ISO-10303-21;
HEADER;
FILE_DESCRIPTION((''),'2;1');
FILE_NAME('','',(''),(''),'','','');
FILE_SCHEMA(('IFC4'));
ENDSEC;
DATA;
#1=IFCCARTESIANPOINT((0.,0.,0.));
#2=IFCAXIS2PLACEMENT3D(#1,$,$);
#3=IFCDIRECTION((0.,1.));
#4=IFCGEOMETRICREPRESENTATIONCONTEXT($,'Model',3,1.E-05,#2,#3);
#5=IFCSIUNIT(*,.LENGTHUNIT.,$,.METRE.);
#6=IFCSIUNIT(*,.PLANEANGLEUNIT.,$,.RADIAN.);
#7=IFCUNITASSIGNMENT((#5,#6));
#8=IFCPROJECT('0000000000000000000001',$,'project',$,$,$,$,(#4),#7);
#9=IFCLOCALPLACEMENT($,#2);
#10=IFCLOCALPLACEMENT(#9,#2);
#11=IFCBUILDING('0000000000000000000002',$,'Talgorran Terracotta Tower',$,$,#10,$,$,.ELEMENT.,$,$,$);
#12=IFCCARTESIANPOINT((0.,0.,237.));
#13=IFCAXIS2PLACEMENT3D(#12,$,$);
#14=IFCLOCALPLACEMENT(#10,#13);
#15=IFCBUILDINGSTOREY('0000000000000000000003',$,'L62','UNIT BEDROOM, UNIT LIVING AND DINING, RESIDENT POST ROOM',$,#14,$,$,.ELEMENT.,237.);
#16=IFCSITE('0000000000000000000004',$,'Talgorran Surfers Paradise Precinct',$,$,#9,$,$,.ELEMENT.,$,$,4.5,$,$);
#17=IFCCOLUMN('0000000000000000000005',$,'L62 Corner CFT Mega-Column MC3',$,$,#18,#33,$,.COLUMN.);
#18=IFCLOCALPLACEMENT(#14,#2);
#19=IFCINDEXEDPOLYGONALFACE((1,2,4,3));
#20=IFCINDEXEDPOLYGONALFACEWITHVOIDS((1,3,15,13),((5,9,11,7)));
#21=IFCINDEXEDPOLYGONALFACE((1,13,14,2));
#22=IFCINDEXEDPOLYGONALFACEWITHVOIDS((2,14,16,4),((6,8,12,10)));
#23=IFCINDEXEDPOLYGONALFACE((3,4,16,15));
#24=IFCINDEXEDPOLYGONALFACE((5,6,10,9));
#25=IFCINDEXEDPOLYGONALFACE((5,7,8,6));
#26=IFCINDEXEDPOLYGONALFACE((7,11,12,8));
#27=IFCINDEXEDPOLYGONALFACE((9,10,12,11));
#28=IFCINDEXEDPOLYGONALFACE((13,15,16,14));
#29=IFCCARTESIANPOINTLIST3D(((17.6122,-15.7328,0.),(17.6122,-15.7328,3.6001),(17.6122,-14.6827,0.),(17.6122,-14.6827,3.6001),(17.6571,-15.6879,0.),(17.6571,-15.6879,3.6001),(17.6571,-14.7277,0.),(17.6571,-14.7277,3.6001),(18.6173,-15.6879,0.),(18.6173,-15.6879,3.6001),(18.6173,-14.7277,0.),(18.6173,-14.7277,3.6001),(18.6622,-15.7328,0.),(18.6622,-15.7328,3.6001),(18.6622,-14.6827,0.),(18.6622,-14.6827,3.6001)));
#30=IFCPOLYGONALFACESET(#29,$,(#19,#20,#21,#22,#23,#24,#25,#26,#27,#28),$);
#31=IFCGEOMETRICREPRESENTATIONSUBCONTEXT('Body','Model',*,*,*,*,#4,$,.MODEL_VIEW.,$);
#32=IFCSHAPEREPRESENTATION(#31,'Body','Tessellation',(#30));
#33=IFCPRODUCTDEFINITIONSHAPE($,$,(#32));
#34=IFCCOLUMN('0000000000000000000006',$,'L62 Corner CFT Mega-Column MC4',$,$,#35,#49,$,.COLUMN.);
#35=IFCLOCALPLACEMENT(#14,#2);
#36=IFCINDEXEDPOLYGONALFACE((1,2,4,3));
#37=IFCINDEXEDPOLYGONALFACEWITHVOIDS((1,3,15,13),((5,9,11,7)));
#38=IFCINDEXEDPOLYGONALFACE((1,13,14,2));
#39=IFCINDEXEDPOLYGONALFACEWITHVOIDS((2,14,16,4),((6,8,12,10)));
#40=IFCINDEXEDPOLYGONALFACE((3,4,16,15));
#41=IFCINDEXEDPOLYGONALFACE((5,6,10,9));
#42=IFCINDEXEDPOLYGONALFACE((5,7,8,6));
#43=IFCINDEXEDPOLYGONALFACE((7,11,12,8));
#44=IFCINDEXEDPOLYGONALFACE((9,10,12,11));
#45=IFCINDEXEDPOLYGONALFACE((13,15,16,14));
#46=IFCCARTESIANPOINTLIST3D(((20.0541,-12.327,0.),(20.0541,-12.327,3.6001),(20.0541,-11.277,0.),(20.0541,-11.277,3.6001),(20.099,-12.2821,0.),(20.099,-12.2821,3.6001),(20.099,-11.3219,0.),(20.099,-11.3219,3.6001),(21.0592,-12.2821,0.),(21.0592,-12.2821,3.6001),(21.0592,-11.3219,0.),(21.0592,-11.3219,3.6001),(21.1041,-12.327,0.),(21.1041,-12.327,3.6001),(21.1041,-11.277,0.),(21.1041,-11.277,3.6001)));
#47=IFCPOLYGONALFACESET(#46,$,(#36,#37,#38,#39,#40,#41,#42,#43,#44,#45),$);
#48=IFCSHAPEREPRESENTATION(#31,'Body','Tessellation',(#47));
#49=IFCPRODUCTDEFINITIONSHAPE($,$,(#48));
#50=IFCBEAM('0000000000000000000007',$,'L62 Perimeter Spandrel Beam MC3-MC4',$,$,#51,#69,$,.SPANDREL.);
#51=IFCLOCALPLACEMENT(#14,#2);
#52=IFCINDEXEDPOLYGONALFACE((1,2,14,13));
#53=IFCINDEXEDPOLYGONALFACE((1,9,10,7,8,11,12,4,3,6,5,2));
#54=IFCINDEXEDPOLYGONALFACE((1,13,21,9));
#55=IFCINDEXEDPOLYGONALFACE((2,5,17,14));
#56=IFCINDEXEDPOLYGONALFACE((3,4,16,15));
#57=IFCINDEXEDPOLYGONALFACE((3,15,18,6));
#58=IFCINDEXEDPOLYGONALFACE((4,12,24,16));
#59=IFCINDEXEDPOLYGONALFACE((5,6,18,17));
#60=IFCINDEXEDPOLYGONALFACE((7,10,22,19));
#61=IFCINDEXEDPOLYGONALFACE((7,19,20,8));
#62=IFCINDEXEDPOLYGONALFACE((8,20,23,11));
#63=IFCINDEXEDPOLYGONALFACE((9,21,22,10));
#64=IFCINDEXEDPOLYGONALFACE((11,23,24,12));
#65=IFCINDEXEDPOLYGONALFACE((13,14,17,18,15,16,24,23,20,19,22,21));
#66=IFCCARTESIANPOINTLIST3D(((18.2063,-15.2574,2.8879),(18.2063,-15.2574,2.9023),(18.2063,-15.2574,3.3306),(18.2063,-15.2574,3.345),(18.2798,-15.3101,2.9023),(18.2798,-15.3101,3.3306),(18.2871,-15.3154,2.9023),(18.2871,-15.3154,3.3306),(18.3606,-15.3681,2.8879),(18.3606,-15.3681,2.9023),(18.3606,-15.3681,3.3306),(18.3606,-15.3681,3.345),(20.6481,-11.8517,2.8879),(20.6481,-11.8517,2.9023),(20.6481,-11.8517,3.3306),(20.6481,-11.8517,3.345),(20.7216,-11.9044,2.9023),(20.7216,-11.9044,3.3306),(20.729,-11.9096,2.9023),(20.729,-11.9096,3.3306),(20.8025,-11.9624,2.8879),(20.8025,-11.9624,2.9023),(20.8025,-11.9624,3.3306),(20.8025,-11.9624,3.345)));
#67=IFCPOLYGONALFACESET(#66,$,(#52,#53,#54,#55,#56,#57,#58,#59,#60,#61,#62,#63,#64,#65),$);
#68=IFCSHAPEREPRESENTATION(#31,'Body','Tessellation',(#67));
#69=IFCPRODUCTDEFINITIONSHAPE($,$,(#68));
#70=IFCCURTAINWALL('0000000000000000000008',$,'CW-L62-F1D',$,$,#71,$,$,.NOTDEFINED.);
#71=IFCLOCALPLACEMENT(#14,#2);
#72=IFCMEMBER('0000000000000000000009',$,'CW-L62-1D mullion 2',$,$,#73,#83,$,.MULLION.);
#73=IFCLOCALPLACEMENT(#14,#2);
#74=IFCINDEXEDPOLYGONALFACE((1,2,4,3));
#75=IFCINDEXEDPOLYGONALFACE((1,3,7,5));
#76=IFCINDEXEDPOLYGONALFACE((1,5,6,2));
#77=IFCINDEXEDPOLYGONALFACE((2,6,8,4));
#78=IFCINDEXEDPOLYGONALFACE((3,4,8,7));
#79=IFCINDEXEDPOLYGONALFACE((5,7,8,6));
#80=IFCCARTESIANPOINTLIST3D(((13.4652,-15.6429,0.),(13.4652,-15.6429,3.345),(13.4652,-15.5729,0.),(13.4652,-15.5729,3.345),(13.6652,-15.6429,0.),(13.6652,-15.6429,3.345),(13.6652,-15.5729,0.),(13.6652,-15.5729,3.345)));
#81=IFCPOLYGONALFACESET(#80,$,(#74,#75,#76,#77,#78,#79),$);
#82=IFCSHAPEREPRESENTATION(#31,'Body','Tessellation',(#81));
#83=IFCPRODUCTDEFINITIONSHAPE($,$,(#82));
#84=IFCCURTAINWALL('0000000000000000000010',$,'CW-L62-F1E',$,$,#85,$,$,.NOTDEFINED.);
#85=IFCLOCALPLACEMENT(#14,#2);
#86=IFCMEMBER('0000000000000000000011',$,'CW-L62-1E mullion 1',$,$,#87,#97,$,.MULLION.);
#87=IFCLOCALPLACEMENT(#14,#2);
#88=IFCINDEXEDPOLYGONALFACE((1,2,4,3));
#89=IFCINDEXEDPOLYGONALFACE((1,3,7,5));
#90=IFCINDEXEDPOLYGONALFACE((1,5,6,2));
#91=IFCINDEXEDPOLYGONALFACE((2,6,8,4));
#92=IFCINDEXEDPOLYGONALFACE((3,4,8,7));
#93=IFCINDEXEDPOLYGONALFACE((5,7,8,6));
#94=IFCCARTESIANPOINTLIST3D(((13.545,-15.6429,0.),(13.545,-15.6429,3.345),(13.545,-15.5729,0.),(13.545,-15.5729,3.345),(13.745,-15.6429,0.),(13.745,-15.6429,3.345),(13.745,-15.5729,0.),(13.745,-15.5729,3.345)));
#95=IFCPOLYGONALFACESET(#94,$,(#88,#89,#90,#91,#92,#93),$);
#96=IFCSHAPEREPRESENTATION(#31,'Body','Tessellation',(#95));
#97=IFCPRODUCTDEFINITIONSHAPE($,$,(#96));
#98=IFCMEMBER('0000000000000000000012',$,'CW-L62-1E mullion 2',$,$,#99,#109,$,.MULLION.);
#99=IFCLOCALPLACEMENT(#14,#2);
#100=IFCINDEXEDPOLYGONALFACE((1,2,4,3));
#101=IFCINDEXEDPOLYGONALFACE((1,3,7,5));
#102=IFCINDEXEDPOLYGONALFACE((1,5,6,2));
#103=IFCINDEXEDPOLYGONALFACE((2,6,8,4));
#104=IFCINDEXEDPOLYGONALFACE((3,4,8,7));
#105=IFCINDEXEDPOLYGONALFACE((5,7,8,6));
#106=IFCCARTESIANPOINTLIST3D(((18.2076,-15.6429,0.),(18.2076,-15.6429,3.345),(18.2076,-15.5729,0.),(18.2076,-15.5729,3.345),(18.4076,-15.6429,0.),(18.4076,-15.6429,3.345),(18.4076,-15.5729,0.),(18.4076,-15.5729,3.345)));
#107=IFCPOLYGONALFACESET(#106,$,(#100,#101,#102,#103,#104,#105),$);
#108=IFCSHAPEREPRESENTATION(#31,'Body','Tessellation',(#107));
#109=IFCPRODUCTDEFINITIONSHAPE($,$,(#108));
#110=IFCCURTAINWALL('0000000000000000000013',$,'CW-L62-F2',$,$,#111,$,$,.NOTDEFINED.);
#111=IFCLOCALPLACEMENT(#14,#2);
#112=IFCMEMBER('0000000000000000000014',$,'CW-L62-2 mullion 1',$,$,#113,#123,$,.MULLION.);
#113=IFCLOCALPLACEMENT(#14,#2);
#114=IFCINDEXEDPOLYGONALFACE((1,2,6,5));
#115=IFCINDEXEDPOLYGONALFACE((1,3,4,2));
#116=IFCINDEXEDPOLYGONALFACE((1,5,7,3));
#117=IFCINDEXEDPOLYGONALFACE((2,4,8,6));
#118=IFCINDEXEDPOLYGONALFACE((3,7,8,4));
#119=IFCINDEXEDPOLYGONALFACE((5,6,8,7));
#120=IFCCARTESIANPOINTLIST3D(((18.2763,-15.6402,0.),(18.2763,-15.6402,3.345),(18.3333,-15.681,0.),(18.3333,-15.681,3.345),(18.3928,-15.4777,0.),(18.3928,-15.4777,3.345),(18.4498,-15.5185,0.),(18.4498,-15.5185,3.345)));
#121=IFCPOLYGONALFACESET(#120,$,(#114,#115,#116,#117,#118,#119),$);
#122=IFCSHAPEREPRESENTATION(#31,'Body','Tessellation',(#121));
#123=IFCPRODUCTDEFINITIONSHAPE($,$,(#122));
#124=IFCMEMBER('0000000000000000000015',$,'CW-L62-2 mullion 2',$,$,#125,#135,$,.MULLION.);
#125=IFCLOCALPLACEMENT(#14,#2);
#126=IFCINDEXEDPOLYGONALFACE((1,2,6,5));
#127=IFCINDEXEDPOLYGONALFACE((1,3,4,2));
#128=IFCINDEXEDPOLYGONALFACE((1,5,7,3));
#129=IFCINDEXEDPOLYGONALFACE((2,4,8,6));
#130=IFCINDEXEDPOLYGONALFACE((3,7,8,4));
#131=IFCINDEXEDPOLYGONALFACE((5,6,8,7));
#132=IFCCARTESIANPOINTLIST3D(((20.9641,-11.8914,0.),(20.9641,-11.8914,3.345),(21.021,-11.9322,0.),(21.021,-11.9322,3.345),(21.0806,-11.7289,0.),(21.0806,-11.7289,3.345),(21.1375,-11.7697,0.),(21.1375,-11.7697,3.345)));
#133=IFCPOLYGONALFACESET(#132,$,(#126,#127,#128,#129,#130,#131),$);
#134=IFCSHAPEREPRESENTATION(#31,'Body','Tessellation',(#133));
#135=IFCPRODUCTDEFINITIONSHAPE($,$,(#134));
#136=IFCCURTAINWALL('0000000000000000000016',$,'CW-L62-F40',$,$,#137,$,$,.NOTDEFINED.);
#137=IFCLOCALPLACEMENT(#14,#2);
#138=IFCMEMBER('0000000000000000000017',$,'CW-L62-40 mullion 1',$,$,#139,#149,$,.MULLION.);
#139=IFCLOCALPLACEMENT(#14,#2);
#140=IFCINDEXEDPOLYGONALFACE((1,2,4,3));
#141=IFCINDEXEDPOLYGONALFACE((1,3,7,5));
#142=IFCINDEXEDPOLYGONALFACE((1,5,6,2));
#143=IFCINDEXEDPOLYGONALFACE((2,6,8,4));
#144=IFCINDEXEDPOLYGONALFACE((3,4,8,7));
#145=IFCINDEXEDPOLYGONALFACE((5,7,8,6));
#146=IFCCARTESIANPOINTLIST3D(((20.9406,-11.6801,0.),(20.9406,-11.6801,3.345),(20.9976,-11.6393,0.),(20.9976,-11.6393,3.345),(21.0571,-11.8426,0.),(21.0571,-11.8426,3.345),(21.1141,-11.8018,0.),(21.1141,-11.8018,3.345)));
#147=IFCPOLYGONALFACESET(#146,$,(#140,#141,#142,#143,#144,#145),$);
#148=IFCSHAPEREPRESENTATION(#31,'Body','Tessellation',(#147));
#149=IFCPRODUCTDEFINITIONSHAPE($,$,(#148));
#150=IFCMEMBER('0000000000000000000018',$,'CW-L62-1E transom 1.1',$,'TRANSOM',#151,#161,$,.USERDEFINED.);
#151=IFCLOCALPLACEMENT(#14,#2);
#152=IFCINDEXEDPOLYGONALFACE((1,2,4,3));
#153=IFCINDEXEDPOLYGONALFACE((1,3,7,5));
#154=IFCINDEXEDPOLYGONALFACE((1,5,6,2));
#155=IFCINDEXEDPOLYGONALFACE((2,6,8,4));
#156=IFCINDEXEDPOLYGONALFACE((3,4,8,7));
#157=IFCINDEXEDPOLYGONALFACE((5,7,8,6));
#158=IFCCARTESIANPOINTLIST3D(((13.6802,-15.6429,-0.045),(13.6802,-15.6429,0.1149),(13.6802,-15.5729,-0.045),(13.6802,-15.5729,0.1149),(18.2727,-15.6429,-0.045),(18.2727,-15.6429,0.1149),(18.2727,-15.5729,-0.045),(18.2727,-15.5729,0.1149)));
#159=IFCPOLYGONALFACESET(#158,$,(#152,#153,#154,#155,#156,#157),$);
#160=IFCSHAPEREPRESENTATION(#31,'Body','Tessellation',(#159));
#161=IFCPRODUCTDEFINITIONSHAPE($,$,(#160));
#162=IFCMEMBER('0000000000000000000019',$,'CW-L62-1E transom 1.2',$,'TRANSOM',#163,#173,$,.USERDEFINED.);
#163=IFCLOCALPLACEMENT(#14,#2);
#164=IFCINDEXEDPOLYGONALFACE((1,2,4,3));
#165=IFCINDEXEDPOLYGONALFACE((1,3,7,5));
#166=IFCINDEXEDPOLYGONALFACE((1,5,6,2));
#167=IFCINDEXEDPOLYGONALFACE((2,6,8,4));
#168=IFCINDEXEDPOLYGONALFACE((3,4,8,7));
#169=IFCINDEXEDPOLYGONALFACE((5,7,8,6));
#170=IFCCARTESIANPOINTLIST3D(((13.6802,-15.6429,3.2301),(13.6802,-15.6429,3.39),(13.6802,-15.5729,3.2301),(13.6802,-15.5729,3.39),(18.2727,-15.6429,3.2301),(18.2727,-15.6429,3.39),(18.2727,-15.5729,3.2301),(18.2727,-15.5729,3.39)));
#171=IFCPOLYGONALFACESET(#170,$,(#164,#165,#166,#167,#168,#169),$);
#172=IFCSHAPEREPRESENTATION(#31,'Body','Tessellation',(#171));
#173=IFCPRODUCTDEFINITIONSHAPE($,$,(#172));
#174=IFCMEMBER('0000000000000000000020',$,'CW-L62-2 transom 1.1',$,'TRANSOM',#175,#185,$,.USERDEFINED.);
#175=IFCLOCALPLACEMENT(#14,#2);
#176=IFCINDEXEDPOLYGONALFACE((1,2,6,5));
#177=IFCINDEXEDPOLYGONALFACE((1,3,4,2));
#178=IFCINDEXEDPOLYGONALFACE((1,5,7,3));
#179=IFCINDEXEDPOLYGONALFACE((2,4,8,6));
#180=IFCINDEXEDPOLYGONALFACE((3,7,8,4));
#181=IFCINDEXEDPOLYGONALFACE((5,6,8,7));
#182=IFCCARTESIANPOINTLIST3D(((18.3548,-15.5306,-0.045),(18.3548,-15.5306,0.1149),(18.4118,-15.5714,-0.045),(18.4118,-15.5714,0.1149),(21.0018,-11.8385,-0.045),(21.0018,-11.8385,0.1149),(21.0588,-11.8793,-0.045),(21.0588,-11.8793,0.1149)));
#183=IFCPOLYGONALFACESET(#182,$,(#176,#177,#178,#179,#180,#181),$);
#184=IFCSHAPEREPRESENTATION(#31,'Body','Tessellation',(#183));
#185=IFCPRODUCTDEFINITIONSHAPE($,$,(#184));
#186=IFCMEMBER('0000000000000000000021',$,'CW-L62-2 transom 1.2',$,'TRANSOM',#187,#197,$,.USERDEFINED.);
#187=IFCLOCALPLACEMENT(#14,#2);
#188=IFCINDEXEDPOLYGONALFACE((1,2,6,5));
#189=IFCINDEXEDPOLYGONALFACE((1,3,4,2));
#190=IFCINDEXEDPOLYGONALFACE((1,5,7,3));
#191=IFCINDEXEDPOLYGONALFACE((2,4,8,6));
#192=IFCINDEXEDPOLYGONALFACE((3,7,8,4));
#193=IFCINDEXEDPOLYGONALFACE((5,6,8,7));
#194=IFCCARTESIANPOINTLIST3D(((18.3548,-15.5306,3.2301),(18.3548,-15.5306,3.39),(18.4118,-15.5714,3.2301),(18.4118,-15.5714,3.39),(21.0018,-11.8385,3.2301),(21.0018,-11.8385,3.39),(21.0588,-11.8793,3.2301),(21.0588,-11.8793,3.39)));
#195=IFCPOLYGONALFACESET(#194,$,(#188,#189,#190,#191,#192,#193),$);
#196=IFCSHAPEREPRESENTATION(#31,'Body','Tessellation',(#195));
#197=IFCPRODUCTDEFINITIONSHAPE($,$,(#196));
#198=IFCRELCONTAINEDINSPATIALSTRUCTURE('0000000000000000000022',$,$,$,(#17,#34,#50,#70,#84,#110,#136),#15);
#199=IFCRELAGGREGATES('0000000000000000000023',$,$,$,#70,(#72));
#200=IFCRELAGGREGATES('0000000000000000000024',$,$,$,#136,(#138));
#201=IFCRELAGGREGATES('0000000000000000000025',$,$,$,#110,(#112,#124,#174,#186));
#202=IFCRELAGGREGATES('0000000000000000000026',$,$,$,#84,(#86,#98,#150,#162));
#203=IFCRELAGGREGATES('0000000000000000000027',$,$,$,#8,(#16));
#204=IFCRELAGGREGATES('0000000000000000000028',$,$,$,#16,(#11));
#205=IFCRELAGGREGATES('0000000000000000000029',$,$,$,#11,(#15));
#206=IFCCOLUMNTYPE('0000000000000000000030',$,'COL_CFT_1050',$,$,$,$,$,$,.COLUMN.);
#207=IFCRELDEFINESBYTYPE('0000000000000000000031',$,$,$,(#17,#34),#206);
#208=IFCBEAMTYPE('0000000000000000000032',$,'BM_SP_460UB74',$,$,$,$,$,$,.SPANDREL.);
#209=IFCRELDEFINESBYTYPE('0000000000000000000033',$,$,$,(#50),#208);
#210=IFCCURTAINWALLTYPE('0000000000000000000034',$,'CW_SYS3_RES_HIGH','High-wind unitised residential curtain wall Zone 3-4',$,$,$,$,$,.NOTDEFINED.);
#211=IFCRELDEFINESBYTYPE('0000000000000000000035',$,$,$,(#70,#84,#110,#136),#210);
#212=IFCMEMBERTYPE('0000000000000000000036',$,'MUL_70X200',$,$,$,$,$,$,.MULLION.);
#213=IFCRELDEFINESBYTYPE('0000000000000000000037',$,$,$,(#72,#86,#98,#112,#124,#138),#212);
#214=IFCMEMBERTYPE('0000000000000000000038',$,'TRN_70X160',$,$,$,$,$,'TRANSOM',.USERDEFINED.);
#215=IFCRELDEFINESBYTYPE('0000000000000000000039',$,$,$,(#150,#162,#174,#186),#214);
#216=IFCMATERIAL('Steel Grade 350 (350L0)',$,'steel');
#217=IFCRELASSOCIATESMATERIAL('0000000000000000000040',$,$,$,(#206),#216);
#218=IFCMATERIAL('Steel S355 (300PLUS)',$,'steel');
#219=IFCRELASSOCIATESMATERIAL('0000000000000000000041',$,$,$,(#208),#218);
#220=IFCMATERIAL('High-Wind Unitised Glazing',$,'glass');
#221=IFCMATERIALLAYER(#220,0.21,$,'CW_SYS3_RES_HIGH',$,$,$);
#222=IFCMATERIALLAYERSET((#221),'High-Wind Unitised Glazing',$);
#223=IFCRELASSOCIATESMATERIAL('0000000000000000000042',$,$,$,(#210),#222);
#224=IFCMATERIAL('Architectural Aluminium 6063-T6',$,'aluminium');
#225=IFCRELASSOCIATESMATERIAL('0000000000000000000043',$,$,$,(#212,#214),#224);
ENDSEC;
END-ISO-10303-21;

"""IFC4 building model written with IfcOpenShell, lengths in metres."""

from ifc_helpers import new_model, si_unit, direction, frame, origin, origin_2d, place, context, subcontext, project, spatial, rectangle, hollow_rectangle, i_section, extrude, material, layer, layer_set, material_profile, profile_set, type_object, element, aggregate, save


model = new_model("IFC4")

# Units and contexts
model_context = context("Model", 3, precision=1e-05, world=origin(), true_north=direction((0.0, 1.0)))
body_context = subcontext(model_context, "Body", "Model", "MODEL_VIEW")
ifc_project = project(units=[si_unit("LENGTHUNIT", "METRE"), si_unit("PLANEANGLEUNIT", "RADIAN")], contexts=[model_context])

# Site, building, storey
site_placement = place(None, origin())
site = spatial("IfcSite", under=ifc_project, at=site_placement, Name="Talgorran Surfers Paradise Precinct", CompositionType="ELEMENT", RefElevation=4.5)
building_placement = place(site_placement, origin())
building = spatial("IfcBuilding", under=site, at=building_placement, Name="Talgorran Terracotta Tower", CompositionType="ELEMENT")
storey_placement = place(building_placement, frame((0.0, 0.0, 237.0)))
storey = spatial("IfcBuildingStorey", under=building, at=storey_placement, Name="L62", Description="UNIT BEDROOM, UNIT LIVING AND DINING, RESIDENT POST ROOM", CompositionType="ELEMENT", Elevation=237.0)

# Columns
ifc_material_1 = material(Name="Steel Grade 350 (350L0)", Category="steel")
ifc_material_profile_1 = material_profile(ifc_material_1, hollow_rectangle(XDim=1.05, YDim=1.05, WallThickness=0.0449, at=origin_2d()), Name="CFT1050X1050X45")
ifc_profile_set_1 = profile_set([ifc_material_profile_1], Name="Steel Grade 350 (350L0)")
column_type = type_object("IfcColumnType", Name="COL_CFT_1050", PredefinedType="COLUMN", material=ifc_profile_set_1)
for number, where, z_axis, x_axis, name in (
    (1, (18.1372, -15.2078, 0.0), (0.0, 0.0, 1.0), (1.0, 0.0, 0.0), "L62 Corner CFT Mega-Column MC3"),
    (2, (20.5791, -11.802, 0.0), (0.0, 0.0, 1.0), (1.0, 0.0, 0.0), "L62 Corner CFT Mega-Column MC4"),
):
    element("IfcColumn", number, at=place(storey_placement, frame(where, z_axis=z_axis, x_axis=x_axis)), inside=storey, type_object=column_type, Name=name, PredefinedType="COLUMN", context=body_context, shape_type="SweptSolid", body=[
        extrude(hollow_rectangle(XDim=1.05, YDim=1.05, WallThickness=0.0449, at=origin_2d()), origin(), (0.0, 0.0, 1.0), 3.6001),
    ])

# Beam
ifc_material_2 = material(Name="Steel S355 (300PLUS)", Category="steel")
ifc_material_profile_2 = material_profile(ifc_material_2, i_section(OverallWidth=0.1899, OverallDepth=0.457, WebThickness=0.009, FlangeThickness=0.0144, at=origin_2d()), Name="460UB74.6")
ifc_profile_set_2 = profile_set([ifc_material_profile_2], Name="Steel S355 (300PLUS)")
beam_type = type_object("IfcBeamType", Name="BM_SP_460UB74", PredefinedType="SPANDREL", material=ifc_profile_set_2)
beam_placement = place(storey_placement, frame((18.2834, -15.3127, 3.1165), z_axis=(0.582692, 0.812693, 0.0), x_axis=(-0.812693, 0.582692, 0.0)))
element("IfcBeam", 3, at=beam_placement, inside=storey, type_object=beam_type, Name="L62 Perimeter Spandrel Beam MC3-MC4", PredefinedType="SPANDREL", context=body_context, shape_type="SweptSolid", body=[
    extrude(i_section(OverallWidth=0.1899, OverallDepth=0.457, WebThickness=0.009, FlangeThickness=0.0144, at=origin_2d()), origin(), (0.0, 0.0, 1.0), 4.1907),
])

# Curtain wall, member
ifc_material_3 = material(Name="High-Wind Unitised Glazing", Category="glass")
ifc_layer_1 = layer(ifc_material_3, 0.21, Name="CW_SYS3_RES_HIGH")
ifc_layer_set_1 = layer_set([ifc_layer_1], Name="High-Wind Unitised Glazing")
curtain_wall_type = type_object("IfcCurtainWallType", Name="CW_SYS3_RES_HIGH", Description="High-wind unitised residential curtain wall Zone 3-4", PredefinedType="NOTDEFINED", material=ifc_layer_set_1)
curtain_wall_1_placement = place(storey_placement, origin())
curtain_wall_1 = element("IfcCurtainWall", 4, at=curtain_wall_1_placement, inside=storey, type_object=curtain_wall_type, Name="CW-L62-F1D", PredefinedType="NOTDEFINED")
ifc_material_4 = material(Name="Architectural Aluminium 6063-T6", Category="aluminium")
ifc_material_profile_3 = material_profile(ifc_material_4, rectangle(XDim=0.0701, YDim=0.2, at=origin_2d()), Name="CWM70X200")
ifc_profile_set_3 = profile_set([ifc_material_profile_3], Name="Architectural Aluminium 6063-T6")
member_type_1 = type_object("IfcMemberType", Name="MUL_70X200", PredefinedType="MULLION", material=ifc_profile_set_3)
member_1_placement = place(storey_placement, frame((13.5652, -15.6079, 0.0), z_axis=(0.0, 0.0, 1.0), x_axis=(0.0, 1.0, 0.0)))
member_1 = element("IfcMember", 5, at=member_1_placement, type_object=member_type_1, Name="CW-L62-1D mullion 2", PredefinedType="MULLION", context=body_context, shape_type="SweptSolid", body=[
    extrude(rectangle(XDim=0.0701, YDim=0.2, at=origin_2d()), origin(), (0.0, 0.0, 1.0), 3.345),
])
aggregate(curtain_wall_1, [member_1])

# Curtain walls, members
curtain_wall_2_placement = place(storey_placement, origin())
curtain_wall_2 = element("IfcCurtainWall", 6, at=curtain_wall_2_placement, inside=storey, type_object=curtain_wall_type, Name="CW-L62-F1E", PredefinedType="NOTDEFINED")
member_2_placement = place(storey_placement, frame((13.645, -15.6079, 0.0), z_axis=(0.0, 0.0, 1.0), x_axis=(0.0, 1.0, 0.0)))
member_2 = element("IfcMember", 7, at=member_2_placement, type_object=member_type_1, Name="CW-L62-1E mullion 1", PredefinedType="MULLION", context=body_context, shape_type="SweptSolid", body=[
    extrude(rectangle(XDim=0.0701, YDim=0.2, at=origin_2d()), origin(), (0.0, 0.0, 1.0), 3.345),
])
member_3_placement = place(storey_placement, frame((18.3076, -15.6079, 0.0), z_axis=(0.0, 0.0, 1.0), x_axis=(0.0, 1.0, 0.0)))
member_3 = element("IfcMember", 8, at=member_3_placement, type_object=member_type_1, Name="CW-L62-1E mullion 2", PredefinedType="MULLION", context=body_context, shape_type="SweptSolid", body=[
    extrude(rectangle(XDim=0.0701, YDim=0.2, at=origin_2d()), origin(), (0.0, 0.0, 1.0), 3.345),
])
curtain_wall_3_placement = place(storey_placement, origin())
curtain_wall_3 = element("IfcCurtainWall", 9, at=curtain_wall_3_placement, inside=storey, type_object=curtain_wall_type, Name="CW-L62-F2", PredefinedType="NOTDEFINED")
member_4_placement = place(storey_placement, frame((18.363, -15.5793, 0.0), z_axis=(0.0, 0.0, 1.0), x_axis=(-0.812715, 0.582661, 0.0)))
member_4 = element("IfcMember", 10, at=member_4_placement, type_object=member_type_1, Name="CW-L62-2 mullion 1", PredefinedType="MULLION", context=body_context, shape_type="SweptSolid", body=[
    extrude(rectangle(XDim=0.0701, YDim=0.2, at=origin_2d()), origin(), (0.0, 0.0, 1.0), 3.345),
])
member_5_placement = place(storey_placement, frame((21.0508, -11.8306, 0.0), z_axis=(0.0, 0.0, 1.0), x_axis=(-0.812715, 0.582661, 0.0)))
member_5 = element("IfcMember", 11, at=member_5_placement, type_object=member_type_1, Name="CW-L62-2 mullion 2", PredefinedType="MULLION", context=body_context, shape_type="SweptSolid", body=[
    extrude(rectangle(XDim=0.0701, YDim=0.2, at=origin_2d()), origin(), (0.0, 0.0, 1.0), 3.345),
])

# Curtain wall, member
curtain_wall_4_placement = place(storey_placement, origin())
curtain_wall_4 = element("IfcCurtainWall", 12, at=curtain_wall_4_placement, inside=storey, type_object=curtain_wall_type, Name="CW-L62-F40", PredefinedType="NOTDEFINED")
member_6_placement = place(storey_placement, frame((21.0273, -11.741, 0.0), z_axis=(0.0, 0.0, 1.0), x_axis=(-0.812706, -0.582674, 0.0)))
member_6 = element("IfcMember", 13, at=member_6_placement, type_object=member_type_1, Name="CW-L62-40 mullion 1", PredefinedType="MULLION", context=body_context, shape_type="SweptSolid", body=[
    extrude(rectangle(XDim=0.0701, YDim=0.2, at=origin_2d()), origin(), (0.0, 0.0, 1.0), 3.345),
])

# Members
ifc_material_profile_4 = material_profile(ifc_material_4, rectangle(XDim=0.0701, YDim=0.1599, at=origin_2d()), Name="CWT70X160")
ifc_profile_set_4 = profile_set([ifc_material_profile_4], Name="Architectural Aluminium 6063-T6")
member_type_2 = type_object("IfcMemberType", Name="TRN_70X160", ElementType="TRANSOM", PredefinedType="USERDEFINED", material=ifc_profile_set_4)
member_7_placement = place(storey_placement, frame((13.6802, -15.6079, 0.0349), z_axis=(1.0, 0.0, 0.0), x_axis=(0.0, 1.0, 0.0)))
member_7 = element("IfcMember", 14, at=member_7_placement, type_object=member_type_2, Name="CW-L62-1E transom 1.1", ObjectType="TRANSOM", PredefinedType="USERDEFINED", context=body_context, shape_type="SweptSolid", body=[
    extrude(rectangle(XDim=0.0701, YDim=0.1599, at=origin_2d()), origin(), (0.0, 0.0, 1.0), 4.5925),
])
member_8_placement = place(storey_placement, frame((13.6802, -15.6079, 3.3101), z_axis=(1.0, 0.0, 0.0), x_axis=(0.0, 1.0, 0.0)))
member_8 = element("IfcMember", 15, at=member_8_placement, type_object=member_type_2, Name="CW-L62-1E transom 1.2", ObjectType="TRANSOM", PredefinedType="USERDEFINED", context=body_context, shape_type="SweptSolid", body=[
    extrude(rectangle(XDim=0.0701, YDim=0.1599, at=origin_2d()), origin(), (0.0, 0.0, 1.0), 4.5925),
])
member_9_placement = place(storey_placement, frame((18.3833, -15.551, 0.0349), z_axis=(0.582656, 0.812719, 0.0), x_axis=(-0.812719, 0.582656, 0.0)))
member_9 = element("IfcMember", 16, at=member_9_placement, type_object=member_type_2, Name="CW-L62-2 transom 1.1", ObjectType="TRANSOM", PredefinedType="USERDEFINED", context=body_context, shape_type="SweptSolid", body=[
    extrude(rectangle(XDim=0.0701, YDim=0.1599, at=origin_2d()), origin(), (0.0, 0.0, 1.0), 4.543),
])
member_10_placement = place(storey_placement, frame((18.3833, -15.551, 3.3101), z_axis=(0.582656, 0.812719, 0.0), x_axis=(-0.812719, 0.582656, 0.0)))
member_10 = element("IfcMember", 17, at=member_10_placement, type_object=member_type_2, Name="CW-L62-2 transom 1.2", ObjectType="TRANSOM", PredefinedType="USERDEFINED", context=body_context, shape_type="SweptSolid", body=[
    extrude(rectangle(XDim=0.0701, YDim=0.1599, at=origin_2d()), origin(), (0.0, 0.0, 1.0), 4.543),
])
aggregate(curtain_wall_4, [member_6])

aggregate(curtain_wall_3, [member_4, member_5, member_9, member_10])
aggregate(curtain_wall_2, [member_2, member_3, member_7, member_8])

save(model, "model.ifc")
